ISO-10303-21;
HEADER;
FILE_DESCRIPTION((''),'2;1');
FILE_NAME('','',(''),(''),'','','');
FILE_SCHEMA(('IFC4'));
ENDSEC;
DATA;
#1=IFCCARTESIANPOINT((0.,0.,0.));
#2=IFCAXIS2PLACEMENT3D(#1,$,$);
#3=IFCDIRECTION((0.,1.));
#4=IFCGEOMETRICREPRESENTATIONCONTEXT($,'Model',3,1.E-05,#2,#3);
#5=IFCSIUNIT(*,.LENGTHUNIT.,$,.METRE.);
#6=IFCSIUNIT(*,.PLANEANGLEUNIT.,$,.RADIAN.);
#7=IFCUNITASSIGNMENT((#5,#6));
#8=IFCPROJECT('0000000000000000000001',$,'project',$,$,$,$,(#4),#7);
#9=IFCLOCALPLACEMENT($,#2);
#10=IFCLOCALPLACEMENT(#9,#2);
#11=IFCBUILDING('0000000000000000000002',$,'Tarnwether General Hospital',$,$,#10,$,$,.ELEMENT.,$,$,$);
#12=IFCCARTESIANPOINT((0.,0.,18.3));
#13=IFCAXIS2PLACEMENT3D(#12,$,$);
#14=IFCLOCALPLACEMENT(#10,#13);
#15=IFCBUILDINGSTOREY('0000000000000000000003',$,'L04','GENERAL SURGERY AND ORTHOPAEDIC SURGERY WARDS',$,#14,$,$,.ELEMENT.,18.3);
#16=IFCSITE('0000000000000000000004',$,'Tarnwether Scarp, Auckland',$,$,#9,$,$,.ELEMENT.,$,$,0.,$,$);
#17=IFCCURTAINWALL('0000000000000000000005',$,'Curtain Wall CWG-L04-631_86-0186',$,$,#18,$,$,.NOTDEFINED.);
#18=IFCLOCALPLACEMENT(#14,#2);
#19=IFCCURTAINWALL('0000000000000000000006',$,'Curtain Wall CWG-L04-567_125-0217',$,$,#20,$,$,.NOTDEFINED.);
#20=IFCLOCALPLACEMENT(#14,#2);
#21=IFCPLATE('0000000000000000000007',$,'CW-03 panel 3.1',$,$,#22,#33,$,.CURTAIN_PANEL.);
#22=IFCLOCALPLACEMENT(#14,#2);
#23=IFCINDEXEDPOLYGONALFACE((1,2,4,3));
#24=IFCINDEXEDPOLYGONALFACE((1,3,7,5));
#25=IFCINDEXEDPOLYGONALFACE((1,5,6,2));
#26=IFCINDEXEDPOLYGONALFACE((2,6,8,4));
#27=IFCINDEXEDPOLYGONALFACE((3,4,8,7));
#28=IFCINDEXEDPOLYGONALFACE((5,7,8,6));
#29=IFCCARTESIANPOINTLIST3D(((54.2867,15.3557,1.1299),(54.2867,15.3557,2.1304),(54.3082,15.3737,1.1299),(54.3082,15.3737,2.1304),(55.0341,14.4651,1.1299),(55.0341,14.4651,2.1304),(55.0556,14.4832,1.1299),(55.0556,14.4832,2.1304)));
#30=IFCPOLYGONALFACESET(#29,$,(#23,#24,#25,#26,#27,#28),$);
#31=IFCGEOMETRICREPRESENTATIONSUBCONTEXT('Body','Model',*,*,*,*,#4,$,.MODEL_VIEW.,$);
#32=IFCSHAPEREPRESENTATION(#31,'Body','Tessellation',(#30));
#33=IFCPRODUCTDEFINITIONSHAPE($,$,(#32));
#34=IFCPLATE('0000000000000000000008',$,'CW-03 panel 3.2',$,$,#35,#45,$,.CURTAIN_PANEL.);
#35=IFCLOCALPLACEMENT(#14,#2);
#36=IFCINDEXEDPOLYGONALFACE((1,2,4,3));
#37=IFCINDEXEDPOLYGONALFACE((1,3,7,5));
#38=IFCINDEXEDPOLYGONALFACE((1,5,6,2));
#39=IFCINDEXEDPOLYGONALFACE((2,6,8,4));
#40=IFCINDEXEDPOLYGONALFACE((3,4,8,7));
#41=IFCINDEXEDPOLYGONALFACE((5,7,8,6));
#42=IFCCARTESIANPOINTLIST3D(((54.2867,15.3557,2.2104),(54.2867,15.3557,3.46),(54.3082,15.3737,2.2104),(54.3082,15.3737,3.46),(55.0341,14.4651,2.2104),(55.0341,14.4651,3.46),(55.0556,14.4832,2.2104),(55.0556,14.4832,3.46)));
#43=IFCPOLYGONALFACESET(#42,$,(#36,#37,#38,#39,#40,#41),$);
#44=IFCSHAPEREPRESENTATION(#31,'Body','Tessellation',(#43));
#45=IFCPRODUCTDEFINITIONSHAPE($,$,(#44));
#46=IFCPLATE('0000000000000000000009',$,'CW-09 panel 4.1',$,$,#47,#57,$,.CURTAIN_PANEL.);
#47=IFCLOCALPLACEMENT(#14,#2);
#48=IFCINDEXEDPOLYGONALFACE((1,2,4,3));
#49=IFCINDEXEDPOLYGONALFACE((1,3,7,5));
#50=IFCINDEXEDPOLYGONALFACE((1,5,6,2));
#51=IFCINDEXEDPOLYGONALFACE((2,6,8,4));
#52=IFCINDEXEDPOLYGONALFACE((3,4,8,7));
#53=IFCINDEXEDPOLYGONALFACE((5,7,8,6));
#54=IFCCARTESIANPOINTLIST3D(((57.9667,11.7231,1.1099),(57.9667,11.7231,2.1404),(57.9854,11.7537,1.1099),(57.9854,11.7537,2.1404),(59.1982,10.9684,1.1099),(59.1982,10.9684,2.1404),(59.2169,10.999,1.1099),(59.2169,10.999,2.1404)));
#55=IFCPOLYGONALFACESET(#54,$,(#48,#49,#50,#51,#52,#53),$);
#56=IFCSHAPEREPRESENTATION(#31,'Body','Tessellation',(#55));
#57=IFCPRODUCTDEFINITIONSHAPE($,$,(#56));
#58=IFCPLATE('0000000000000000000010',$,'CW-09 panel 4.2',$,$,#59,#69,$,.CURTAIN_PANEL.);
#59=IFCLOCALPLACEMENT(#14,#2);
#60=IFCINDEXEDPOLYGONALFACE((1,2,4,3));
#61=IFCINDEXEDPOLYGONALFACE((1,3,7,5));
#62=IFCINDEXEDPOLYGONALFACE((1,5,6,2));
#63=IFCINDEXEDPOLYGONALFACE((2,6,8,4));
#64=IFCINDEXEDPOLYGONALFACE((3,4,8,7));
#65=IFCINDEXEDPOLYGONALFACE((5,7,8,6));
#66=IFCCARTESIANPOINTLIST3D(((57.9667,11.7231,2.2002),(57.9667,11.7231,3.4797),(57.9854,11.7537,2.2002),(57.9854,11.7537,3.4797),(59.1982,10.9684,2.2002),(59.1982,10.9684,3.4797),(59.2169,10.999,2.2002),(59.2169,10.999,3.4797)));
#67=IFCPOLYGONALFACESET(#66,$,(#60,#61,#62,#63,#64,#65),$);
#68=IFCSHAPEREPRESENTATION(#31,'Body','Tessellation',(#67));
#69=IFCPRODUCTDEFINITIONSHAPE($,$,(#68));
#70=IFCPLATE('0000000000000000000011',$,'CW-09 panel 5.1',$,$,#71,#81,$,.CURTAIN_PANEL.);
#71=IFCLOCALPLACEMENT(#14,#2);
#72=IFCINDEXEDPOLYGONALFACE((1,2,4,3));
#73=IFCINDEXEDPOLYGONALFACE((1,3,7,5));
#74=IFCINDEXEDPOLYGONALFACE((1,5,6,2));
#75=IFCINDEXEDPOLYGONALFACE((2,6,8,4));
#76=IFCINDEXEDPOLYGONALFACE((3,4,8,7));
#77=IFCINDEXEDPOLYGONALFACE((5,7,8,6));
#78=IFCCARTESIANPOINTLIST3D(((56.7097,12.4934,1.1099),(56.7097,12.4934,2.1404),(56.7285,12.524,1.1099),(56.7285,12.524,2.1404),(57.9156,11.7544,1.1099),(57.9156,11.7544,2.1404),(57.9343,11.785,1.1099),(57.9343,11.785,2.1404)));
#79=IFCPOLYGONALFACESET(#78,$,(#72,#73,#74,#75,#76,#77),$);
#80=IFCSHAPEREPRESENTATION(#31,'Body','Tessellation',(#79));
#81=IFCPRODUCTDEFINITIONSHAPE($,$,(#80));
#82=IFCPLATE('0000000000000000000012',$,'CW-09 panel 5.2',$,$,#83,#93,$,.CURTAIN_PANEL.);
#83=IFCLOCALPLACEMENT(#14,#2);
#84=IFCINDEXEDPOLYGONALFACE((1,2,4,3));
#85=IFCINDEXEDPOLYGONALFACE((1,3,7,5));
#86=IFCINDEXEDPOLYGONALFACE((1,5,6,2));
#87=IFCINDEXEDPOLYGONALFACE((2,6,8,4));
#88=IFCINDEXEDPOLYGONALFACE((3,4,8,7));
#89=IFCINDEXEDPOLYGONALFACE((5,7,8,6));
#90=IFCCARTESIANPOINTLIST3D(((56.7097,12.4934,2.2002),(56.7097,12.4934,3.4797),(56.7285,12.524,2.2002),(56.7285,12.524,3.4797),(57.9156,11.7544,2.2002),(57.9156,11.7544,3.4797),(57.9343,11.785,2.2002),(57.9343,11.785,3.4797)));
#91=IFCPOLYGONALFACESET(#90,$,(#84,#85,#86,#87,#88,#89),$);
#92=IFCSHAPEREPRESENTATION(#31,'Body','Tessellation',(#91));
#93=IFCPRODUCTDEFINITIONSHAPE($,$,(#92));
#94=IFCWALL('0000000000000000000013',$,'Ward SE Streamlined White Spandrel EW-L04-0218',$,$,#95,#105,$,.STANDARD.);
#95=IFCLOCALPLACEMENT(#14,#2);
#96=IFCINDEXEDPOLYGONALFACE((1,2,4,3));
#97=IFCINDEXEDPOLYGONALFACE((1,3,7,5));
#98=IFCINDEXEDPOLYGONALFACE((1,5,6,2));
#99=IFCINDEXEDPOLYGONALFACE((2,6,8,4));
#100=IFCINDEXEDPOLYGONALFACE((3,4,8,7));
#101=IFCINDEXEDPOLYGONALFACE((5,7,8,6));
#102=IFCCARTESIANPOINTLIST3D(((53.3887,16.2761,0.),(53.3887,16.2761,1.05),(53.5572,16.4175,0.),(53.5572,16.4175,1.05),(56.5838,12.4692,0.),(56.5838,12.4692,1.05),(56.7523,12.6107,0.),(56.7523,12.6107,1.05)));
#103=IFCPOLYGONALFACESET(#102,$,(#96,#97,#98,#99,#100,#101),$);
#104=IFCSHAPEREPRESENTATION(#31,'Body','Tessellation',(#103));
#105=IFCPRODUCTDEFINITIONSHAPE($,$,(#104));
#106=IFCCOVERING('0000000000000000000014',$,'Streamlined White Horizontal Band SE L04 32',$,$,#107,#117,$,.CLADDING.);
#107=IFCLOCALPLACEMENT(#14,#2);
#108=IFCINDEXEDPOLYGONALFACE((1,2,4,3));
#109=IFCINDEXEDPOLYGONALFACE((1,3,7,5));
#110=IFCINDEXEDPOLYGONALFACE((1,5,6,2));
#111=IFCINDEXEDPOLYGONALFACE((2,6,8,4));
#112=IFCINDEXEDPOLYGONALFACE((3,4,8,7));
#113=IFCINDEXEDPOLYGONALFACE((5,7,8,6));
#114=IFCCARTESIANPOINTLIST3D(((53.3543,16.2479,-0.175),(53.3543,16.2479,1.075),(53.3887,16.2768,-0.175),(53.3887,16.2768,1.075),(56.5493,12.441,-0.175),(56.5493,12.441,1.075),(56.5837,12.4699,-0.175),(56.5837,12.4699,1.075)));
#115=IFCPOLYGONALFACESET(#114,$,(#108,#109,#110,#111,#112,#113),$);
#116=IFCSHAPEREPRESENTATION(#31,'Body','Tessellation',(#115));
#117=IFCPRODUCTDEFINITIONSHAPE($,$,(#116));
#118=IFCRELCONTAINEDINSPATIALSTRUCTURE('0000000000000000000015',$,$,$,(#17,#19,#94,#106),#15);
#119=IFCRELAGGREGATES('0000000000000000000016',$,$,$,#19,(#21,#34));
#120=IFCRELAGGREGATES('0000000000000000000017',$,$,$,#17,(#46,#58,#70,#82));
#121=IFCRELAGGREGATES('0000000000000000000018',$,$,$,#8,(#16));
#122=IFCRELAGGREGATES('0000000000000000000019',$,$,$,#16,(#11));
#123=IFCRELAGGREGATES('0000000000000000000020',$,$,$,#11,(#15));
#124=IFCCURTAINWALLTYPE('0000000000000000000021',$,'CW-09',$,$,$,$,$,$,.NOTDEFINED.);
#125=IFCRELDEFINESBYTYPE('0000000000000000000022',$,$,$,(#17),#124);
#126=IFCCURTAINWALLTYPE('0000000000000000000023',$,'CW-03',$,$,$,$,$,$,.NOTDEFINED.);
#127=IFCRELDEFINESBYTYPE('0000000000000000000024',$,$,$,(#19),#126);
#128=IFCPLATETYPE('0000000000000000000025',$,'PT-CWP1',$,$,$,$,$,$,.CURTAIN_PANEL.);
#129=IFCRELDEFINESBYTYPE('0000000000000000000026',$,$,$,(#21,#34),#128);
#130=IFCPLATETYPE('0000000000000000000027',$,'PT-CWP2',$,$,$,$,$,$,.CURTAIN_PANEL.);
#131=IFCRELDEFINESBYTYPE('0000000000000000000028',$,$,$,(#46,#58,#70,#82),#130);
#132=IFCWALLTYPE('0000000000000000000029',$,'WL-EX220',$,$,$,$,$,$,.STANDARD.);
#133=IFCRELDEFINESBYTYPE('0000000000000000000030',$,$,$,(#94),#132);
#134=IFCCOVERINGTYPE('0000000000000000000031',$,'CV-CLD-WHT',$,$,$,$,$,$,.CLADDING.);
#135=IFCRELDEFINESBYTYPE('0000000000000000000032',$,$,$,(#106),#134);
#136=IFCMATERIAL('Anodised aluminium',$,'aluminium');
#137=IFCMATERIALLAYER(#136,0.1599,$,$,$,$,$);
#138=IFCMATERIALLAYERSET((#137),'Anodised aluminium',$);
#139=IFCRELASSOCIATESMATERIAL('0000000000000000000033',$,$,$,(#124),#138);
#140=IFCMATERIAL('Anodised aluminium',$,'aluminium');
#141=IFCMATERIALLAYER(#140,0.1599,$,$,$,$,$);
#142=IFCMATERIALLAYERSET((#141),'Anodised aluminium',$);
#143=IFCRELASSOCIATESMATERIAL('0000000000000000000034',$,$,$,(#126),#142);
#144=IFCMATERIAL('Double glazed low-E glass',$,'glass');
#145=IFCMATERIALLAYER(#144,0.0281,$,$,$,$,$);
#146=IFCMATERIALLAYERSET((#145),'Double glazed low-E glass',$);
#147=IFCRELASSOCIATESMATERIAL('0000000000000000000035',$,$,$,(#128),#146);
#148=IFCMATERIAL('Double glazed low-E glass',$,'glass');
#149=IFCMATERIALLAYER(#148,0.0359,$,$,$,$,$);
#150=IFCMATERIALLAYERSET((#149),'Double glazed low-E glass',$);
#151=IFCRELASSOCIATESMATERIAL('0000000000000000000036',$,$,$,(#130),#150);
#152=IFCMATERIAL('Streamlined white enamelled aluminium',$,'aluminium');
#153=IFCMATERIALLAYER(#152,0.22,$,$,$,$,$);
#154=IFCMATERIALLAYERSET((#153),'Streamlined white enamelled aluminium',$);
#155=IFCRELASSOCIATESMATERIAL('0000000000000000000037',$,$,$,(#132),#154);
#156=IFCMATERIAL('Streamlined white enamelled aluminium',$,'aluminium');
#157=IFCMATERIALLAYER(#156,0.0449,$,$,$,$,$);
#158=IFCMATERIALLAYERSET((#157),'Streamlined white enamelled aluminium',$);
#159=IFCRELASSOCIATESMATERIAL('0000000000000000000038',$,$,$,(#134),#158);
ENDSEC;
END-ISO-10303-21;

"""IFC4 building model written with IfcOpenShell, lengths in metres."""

from ifc_helpers import new_model, si_unit, direction, frame, frame_2d, origin, origin_2d, place, context, subcontext, project, spatial, rectangle, extrude, material, layer, layer_set, type_object, element, aggregate, save


model = new_model("IFC4")

# Units and contexts
model_context = context("Model", 3, precision=1e-05, world=origin(), true_north=direction((0.0, 1.0)))
body_context = subcontext(model_context, "Body", "Model", "MODEL_VIEW")
ifc_project = project(units=[si_unit("LENGTHUNIT", "METRE"), si_unit("PLANEANGLEUNIT", "RADIAN")], contexts=[model_context])

# Site, building, storey
site_placement = place(None, origin())
site = spatial("IfcSite", under=ifc_project, at=site_placement, Name="Tarnwether Scarp, Auckland", CompositionType="ELEMENT", RefElevation=0.0)
building_placement = place(site_placement, origin())
building = spatial("IfcBuilding", under=site, at=building_placement, Name="Tarnwether General Hospital", CompositionType="ELEMENT")
storey_placement = place(building_placement, frame((0.0, 0.0, 18.3)))
storey = spatial("IfcBuildingStorey", under=building, at=storey_placement, Name="L04", Description="GENERAL SURGERY AND ORTHOPAEDIC SURGERY WARDS", CompositionType="ELEMENT", Elevation=18.3)

# Curtain walls
ifc_material_1 = material(Name="Anodised aluminium", Category="aluminium")
ifc_layer_1 = layer(ifc_material_1, 0.1599)
ifc_layer_set_1 = layer_set([ifc_layer_1], Name="Anodised aluminium")
curtain_wall_type_1 = type_object("IfcCurtainWallType", Name="CW-09", PredefinedType="NOTDEFINED", material=ifc_layer_set_1)
curtain_wall_1_placement = place(storey_placement, origin())
curtain_wall_1 = element("IfcCurtainWall", 1, at=curtain_wall_1_placement, inside=storey, type_object=curtain_wall_type_1, Name="Curtain Wall CWG-L04-631_86-0186", PredefinedType="NOTDEFINED")
ifc_material_2 = material(Name="Anodised aluminium", Category="aluminium")
ifc_layer_2 = layer(ifc_material_2, 0.1599)
ifc_layer_set_2 = layer_set([ifc_layer_2], Name="Anodised aluminium")
curtain_wall_type_2 = type_object("IfcCurtainWallType", Name="CW-03", PredefinedType="NOTDEFINED", material=ifc_layer_set_2)
curtain_wall_2_placement = place(storey_placement, origin())
curtain_wall_2 = element("IfcCurtainWall", 2, at=curtain_wall_2_placement, inside=storey, type_object=curtain_wall_type_2, Name="Curtain Wall CWG-L04-567_125-0217", PredefinedType="NOTDEFINED")

# Plates
ifc_material_3 = material(Name="Double glazed low-E glass", Category="glass")
ifc_layer_3 = layer(ifc_material_3, 0.0281)
ifc_layer_set_3 = layer_set([ifc_layer_3], Name="Double glazed low-E glass")
plate_type_1 = type_object("IfcPlateType", Name="PT-CWP1", PredefinedType="CURTAIN_PANEL", material=ifc_layer_set_3)
plate_1_placement = place(storey_placement, frame((54.6711, 14.9194, 1.1299), z_axis=(0.0, 0.0, 1.0), x_axis=(-0.642852, 0.76599, 0.0)))
plate_1 = element("IfcPlate", 3, at=plate_1_placement, type_object=plate_type_1, Name="CW-03 panel 3.1", PredefinedType="CURTAIN_PANEL", context=body_context, shape_type="SweptSolid", body=[
    extrude(rectangle(XDim=1.1626, YDim=0.0281, at=origin_2d()), origin(), (0.0, 0.0, 1.0), 1.0005),
])
plate_2_placement = place(storey_placement, frame((54.6711, 14.9194, 2.2104), z_axis=(0.0, 0.0, 1.0), x_axis=(-0.642852, 0.76599, 0.0)))
plate_2 = element("IfcPlate", 4, at=plate_2_placement, type_object=plate_type_1, Name="CW-03 panel 3.2", PredefinedType="CURTAIN_PANEL", context=body_context, shape_type="SweptSolid", body=[
    extrude(rectangle(XDim=1.1626, YDim=0.0281, at=origin_2d()), origin(), (0.0, 0.0, 1.0), 1.2495),
])
aggregate(curtain_wall_2, [plate_1, plate_2])
ifc_material_4 = material(Name="Double glazed low-E glass", Category="glass")
ifc_layer_4 = layer(ifc_material_4, 0.0359)
ifc_layer_set_4 = layer_set([ifc_layer_4], Name="Double glazed low-E glass")
plate_type_2 = type_object("IfcPlateType", Name="PT-CWP2", PredefinedType="CURTAIN_PANEL", material=ifc_layer_set_4)
plate_3_placement = place(storey_placement, frame((58.5918, 11.3611, 1.1099), z_axis=(0.0, 0.0, 1.0), x_axis=(-0.852634, 0.522509, 0.0)))
plate_3 = element("IfcPlate", 5, at=plate_3_placement, type_object=plate_type_2, Name="CW-09 panel 4.1", PredefinedType="CURTAIN_PANEL", context=body_context, shape_type="SweptSolid", body=[
    extrude(rectangle(XDim=1.4443, YDim=0.0359, at=origin_2d()), origin(), (0.0, 0.0, 1.0), 1.0305),
])
plate_4_placement = place(storey_placement, frame((58.5918, 11.3611, 2.2002), z_axis=(0.0, 0.0, 1.0), x_axis=(-0.852634, 0.522509, 0.0)))
plate_4 = element("IfcPlate", 6, at=plate_4_placement, type_object=plate_type_2, Name="CW-09 panel 4.2", PredefinedType="CURTAIN_PANEL", context=body_context, shape_type="SweptSolid", body=[
    extrude(rectangle(XDim=1.4443, YDim=0.0359, at=origin_2d()), origin(), (0.0, 0.0, 1.0), 1.2795),
])
plate_5_placement = place(storey_placement, frame((57.322, 12.1392, 1.1099), z_axis=(0.0, 0.0, 1.0), x_axis=(-0.852634, 0.522509, 0.0)))
plate_5 = element("IfcPlate", 7, at=plate_5_placement, type_object=plate_type_2, Name="CW-09 panel 5.1", PredefinedType="CURTAIN_PANEL", context=body_context, shape_type="SweptSolid", body=[
    extrude(rectangle(XDim=1.4143, YDim=0.0359, at=origin_2d()), origin(), (0.0, 0.0, 1.0), 1.0305),
])
plate_6_placement = place(storey_placement, frame((57.322, 12.1392, 2.2002), z_axis=(0.0, 0.0, 1.0), x_axis=(-0.852634, 0.522509, 0.0)))
plate_6 = element("IfcPlate", 8, at=plate_6_placement, type_object=plate_type_2, Name="CW-09 panel 5.2", PredefinedType="CURTAIN_PANEL", context=body_context, shape_type="SweptSolid", body=[
    extrude(rectangle(XDim=1.4143, YDim=0.0359, at=origin_2d()), origin(), (0.0, 0.0, 1.0), 1.2795),
])
aggregate(curtain_wall_1, [plate_3, plate_4, plate_5, plate_6])

# Wall
ifc_material_5 = material(Name="Streamlined white enamelled aluminium", Category="aluminium")
ifc_layer_5 = layer(ifc_material_5, 0.22)
ifc_layer_set_5 = layer_set([ifc_layer_5], Name="Streamlined white enamelled aluminium")
wall_type = type_object("IfcWallType", Name="WL-EX220", PredefinedType="STANDARD", material=ifc_layer_set_5)
wall_placement = place(storey_placement, frame((56.668, 12.54, 0.0), z_axis=(0.0, 0.0, 1.0), x_axis=(-0.642872, 0.765974, 0.0)))
element("IfcWall", 9, at=wall_placement, inside=storey, type_object=wall_type, Name="Ward SE Streamlined White Spandrel EW-L04-0218", PredefinedType="STANDARD", context=body_context, shape_type="SweptSolid", body=[
    extrude(rectangle(XDim=4.97, YDim=0.22, at=frame_2d((2.4849, 0.0))), origin(), (0.0, 0.0, 1.0), 1.05),
])

# Covering
ifc_material_6 = material(Name="Streamlined white enamelled aluminium", Category="aluminium")
ifc_layer_6 = layer(ifc_material_6, 0.0449)
ifc_layer_set_6 = layer_set([ifc_layer_6], Name="Streamlined white enamelled aluminium")
covering_type = type_object("IfcCoveringType", Name="CV-CLD-WHT", PredefinedType="CLADDING", material=ifc_layer_set_6)
covering_placement = place(storey_placement, frame((54.969, 14.3589, -0.175), z_axis=(0.0, 0.0, 1.0), x_axis=(-0.642854, 0.765988, 0.0)))
element("IfcCovering", 10, at=covering_placement, inside=storey, type_object=covering_type, Name="Streamlined White Horizontal Band SE L04 32", PredefinedType="CLADDING", context=body_context, shape_type="SweptSolid", body=[
    extrude(rectangle(XDim=4.97, YDim=0.0449, at=origin_2d()), origin(), (0.0, 0.0, 1.0), 1.25),
])

save(model, "model.ifc")
